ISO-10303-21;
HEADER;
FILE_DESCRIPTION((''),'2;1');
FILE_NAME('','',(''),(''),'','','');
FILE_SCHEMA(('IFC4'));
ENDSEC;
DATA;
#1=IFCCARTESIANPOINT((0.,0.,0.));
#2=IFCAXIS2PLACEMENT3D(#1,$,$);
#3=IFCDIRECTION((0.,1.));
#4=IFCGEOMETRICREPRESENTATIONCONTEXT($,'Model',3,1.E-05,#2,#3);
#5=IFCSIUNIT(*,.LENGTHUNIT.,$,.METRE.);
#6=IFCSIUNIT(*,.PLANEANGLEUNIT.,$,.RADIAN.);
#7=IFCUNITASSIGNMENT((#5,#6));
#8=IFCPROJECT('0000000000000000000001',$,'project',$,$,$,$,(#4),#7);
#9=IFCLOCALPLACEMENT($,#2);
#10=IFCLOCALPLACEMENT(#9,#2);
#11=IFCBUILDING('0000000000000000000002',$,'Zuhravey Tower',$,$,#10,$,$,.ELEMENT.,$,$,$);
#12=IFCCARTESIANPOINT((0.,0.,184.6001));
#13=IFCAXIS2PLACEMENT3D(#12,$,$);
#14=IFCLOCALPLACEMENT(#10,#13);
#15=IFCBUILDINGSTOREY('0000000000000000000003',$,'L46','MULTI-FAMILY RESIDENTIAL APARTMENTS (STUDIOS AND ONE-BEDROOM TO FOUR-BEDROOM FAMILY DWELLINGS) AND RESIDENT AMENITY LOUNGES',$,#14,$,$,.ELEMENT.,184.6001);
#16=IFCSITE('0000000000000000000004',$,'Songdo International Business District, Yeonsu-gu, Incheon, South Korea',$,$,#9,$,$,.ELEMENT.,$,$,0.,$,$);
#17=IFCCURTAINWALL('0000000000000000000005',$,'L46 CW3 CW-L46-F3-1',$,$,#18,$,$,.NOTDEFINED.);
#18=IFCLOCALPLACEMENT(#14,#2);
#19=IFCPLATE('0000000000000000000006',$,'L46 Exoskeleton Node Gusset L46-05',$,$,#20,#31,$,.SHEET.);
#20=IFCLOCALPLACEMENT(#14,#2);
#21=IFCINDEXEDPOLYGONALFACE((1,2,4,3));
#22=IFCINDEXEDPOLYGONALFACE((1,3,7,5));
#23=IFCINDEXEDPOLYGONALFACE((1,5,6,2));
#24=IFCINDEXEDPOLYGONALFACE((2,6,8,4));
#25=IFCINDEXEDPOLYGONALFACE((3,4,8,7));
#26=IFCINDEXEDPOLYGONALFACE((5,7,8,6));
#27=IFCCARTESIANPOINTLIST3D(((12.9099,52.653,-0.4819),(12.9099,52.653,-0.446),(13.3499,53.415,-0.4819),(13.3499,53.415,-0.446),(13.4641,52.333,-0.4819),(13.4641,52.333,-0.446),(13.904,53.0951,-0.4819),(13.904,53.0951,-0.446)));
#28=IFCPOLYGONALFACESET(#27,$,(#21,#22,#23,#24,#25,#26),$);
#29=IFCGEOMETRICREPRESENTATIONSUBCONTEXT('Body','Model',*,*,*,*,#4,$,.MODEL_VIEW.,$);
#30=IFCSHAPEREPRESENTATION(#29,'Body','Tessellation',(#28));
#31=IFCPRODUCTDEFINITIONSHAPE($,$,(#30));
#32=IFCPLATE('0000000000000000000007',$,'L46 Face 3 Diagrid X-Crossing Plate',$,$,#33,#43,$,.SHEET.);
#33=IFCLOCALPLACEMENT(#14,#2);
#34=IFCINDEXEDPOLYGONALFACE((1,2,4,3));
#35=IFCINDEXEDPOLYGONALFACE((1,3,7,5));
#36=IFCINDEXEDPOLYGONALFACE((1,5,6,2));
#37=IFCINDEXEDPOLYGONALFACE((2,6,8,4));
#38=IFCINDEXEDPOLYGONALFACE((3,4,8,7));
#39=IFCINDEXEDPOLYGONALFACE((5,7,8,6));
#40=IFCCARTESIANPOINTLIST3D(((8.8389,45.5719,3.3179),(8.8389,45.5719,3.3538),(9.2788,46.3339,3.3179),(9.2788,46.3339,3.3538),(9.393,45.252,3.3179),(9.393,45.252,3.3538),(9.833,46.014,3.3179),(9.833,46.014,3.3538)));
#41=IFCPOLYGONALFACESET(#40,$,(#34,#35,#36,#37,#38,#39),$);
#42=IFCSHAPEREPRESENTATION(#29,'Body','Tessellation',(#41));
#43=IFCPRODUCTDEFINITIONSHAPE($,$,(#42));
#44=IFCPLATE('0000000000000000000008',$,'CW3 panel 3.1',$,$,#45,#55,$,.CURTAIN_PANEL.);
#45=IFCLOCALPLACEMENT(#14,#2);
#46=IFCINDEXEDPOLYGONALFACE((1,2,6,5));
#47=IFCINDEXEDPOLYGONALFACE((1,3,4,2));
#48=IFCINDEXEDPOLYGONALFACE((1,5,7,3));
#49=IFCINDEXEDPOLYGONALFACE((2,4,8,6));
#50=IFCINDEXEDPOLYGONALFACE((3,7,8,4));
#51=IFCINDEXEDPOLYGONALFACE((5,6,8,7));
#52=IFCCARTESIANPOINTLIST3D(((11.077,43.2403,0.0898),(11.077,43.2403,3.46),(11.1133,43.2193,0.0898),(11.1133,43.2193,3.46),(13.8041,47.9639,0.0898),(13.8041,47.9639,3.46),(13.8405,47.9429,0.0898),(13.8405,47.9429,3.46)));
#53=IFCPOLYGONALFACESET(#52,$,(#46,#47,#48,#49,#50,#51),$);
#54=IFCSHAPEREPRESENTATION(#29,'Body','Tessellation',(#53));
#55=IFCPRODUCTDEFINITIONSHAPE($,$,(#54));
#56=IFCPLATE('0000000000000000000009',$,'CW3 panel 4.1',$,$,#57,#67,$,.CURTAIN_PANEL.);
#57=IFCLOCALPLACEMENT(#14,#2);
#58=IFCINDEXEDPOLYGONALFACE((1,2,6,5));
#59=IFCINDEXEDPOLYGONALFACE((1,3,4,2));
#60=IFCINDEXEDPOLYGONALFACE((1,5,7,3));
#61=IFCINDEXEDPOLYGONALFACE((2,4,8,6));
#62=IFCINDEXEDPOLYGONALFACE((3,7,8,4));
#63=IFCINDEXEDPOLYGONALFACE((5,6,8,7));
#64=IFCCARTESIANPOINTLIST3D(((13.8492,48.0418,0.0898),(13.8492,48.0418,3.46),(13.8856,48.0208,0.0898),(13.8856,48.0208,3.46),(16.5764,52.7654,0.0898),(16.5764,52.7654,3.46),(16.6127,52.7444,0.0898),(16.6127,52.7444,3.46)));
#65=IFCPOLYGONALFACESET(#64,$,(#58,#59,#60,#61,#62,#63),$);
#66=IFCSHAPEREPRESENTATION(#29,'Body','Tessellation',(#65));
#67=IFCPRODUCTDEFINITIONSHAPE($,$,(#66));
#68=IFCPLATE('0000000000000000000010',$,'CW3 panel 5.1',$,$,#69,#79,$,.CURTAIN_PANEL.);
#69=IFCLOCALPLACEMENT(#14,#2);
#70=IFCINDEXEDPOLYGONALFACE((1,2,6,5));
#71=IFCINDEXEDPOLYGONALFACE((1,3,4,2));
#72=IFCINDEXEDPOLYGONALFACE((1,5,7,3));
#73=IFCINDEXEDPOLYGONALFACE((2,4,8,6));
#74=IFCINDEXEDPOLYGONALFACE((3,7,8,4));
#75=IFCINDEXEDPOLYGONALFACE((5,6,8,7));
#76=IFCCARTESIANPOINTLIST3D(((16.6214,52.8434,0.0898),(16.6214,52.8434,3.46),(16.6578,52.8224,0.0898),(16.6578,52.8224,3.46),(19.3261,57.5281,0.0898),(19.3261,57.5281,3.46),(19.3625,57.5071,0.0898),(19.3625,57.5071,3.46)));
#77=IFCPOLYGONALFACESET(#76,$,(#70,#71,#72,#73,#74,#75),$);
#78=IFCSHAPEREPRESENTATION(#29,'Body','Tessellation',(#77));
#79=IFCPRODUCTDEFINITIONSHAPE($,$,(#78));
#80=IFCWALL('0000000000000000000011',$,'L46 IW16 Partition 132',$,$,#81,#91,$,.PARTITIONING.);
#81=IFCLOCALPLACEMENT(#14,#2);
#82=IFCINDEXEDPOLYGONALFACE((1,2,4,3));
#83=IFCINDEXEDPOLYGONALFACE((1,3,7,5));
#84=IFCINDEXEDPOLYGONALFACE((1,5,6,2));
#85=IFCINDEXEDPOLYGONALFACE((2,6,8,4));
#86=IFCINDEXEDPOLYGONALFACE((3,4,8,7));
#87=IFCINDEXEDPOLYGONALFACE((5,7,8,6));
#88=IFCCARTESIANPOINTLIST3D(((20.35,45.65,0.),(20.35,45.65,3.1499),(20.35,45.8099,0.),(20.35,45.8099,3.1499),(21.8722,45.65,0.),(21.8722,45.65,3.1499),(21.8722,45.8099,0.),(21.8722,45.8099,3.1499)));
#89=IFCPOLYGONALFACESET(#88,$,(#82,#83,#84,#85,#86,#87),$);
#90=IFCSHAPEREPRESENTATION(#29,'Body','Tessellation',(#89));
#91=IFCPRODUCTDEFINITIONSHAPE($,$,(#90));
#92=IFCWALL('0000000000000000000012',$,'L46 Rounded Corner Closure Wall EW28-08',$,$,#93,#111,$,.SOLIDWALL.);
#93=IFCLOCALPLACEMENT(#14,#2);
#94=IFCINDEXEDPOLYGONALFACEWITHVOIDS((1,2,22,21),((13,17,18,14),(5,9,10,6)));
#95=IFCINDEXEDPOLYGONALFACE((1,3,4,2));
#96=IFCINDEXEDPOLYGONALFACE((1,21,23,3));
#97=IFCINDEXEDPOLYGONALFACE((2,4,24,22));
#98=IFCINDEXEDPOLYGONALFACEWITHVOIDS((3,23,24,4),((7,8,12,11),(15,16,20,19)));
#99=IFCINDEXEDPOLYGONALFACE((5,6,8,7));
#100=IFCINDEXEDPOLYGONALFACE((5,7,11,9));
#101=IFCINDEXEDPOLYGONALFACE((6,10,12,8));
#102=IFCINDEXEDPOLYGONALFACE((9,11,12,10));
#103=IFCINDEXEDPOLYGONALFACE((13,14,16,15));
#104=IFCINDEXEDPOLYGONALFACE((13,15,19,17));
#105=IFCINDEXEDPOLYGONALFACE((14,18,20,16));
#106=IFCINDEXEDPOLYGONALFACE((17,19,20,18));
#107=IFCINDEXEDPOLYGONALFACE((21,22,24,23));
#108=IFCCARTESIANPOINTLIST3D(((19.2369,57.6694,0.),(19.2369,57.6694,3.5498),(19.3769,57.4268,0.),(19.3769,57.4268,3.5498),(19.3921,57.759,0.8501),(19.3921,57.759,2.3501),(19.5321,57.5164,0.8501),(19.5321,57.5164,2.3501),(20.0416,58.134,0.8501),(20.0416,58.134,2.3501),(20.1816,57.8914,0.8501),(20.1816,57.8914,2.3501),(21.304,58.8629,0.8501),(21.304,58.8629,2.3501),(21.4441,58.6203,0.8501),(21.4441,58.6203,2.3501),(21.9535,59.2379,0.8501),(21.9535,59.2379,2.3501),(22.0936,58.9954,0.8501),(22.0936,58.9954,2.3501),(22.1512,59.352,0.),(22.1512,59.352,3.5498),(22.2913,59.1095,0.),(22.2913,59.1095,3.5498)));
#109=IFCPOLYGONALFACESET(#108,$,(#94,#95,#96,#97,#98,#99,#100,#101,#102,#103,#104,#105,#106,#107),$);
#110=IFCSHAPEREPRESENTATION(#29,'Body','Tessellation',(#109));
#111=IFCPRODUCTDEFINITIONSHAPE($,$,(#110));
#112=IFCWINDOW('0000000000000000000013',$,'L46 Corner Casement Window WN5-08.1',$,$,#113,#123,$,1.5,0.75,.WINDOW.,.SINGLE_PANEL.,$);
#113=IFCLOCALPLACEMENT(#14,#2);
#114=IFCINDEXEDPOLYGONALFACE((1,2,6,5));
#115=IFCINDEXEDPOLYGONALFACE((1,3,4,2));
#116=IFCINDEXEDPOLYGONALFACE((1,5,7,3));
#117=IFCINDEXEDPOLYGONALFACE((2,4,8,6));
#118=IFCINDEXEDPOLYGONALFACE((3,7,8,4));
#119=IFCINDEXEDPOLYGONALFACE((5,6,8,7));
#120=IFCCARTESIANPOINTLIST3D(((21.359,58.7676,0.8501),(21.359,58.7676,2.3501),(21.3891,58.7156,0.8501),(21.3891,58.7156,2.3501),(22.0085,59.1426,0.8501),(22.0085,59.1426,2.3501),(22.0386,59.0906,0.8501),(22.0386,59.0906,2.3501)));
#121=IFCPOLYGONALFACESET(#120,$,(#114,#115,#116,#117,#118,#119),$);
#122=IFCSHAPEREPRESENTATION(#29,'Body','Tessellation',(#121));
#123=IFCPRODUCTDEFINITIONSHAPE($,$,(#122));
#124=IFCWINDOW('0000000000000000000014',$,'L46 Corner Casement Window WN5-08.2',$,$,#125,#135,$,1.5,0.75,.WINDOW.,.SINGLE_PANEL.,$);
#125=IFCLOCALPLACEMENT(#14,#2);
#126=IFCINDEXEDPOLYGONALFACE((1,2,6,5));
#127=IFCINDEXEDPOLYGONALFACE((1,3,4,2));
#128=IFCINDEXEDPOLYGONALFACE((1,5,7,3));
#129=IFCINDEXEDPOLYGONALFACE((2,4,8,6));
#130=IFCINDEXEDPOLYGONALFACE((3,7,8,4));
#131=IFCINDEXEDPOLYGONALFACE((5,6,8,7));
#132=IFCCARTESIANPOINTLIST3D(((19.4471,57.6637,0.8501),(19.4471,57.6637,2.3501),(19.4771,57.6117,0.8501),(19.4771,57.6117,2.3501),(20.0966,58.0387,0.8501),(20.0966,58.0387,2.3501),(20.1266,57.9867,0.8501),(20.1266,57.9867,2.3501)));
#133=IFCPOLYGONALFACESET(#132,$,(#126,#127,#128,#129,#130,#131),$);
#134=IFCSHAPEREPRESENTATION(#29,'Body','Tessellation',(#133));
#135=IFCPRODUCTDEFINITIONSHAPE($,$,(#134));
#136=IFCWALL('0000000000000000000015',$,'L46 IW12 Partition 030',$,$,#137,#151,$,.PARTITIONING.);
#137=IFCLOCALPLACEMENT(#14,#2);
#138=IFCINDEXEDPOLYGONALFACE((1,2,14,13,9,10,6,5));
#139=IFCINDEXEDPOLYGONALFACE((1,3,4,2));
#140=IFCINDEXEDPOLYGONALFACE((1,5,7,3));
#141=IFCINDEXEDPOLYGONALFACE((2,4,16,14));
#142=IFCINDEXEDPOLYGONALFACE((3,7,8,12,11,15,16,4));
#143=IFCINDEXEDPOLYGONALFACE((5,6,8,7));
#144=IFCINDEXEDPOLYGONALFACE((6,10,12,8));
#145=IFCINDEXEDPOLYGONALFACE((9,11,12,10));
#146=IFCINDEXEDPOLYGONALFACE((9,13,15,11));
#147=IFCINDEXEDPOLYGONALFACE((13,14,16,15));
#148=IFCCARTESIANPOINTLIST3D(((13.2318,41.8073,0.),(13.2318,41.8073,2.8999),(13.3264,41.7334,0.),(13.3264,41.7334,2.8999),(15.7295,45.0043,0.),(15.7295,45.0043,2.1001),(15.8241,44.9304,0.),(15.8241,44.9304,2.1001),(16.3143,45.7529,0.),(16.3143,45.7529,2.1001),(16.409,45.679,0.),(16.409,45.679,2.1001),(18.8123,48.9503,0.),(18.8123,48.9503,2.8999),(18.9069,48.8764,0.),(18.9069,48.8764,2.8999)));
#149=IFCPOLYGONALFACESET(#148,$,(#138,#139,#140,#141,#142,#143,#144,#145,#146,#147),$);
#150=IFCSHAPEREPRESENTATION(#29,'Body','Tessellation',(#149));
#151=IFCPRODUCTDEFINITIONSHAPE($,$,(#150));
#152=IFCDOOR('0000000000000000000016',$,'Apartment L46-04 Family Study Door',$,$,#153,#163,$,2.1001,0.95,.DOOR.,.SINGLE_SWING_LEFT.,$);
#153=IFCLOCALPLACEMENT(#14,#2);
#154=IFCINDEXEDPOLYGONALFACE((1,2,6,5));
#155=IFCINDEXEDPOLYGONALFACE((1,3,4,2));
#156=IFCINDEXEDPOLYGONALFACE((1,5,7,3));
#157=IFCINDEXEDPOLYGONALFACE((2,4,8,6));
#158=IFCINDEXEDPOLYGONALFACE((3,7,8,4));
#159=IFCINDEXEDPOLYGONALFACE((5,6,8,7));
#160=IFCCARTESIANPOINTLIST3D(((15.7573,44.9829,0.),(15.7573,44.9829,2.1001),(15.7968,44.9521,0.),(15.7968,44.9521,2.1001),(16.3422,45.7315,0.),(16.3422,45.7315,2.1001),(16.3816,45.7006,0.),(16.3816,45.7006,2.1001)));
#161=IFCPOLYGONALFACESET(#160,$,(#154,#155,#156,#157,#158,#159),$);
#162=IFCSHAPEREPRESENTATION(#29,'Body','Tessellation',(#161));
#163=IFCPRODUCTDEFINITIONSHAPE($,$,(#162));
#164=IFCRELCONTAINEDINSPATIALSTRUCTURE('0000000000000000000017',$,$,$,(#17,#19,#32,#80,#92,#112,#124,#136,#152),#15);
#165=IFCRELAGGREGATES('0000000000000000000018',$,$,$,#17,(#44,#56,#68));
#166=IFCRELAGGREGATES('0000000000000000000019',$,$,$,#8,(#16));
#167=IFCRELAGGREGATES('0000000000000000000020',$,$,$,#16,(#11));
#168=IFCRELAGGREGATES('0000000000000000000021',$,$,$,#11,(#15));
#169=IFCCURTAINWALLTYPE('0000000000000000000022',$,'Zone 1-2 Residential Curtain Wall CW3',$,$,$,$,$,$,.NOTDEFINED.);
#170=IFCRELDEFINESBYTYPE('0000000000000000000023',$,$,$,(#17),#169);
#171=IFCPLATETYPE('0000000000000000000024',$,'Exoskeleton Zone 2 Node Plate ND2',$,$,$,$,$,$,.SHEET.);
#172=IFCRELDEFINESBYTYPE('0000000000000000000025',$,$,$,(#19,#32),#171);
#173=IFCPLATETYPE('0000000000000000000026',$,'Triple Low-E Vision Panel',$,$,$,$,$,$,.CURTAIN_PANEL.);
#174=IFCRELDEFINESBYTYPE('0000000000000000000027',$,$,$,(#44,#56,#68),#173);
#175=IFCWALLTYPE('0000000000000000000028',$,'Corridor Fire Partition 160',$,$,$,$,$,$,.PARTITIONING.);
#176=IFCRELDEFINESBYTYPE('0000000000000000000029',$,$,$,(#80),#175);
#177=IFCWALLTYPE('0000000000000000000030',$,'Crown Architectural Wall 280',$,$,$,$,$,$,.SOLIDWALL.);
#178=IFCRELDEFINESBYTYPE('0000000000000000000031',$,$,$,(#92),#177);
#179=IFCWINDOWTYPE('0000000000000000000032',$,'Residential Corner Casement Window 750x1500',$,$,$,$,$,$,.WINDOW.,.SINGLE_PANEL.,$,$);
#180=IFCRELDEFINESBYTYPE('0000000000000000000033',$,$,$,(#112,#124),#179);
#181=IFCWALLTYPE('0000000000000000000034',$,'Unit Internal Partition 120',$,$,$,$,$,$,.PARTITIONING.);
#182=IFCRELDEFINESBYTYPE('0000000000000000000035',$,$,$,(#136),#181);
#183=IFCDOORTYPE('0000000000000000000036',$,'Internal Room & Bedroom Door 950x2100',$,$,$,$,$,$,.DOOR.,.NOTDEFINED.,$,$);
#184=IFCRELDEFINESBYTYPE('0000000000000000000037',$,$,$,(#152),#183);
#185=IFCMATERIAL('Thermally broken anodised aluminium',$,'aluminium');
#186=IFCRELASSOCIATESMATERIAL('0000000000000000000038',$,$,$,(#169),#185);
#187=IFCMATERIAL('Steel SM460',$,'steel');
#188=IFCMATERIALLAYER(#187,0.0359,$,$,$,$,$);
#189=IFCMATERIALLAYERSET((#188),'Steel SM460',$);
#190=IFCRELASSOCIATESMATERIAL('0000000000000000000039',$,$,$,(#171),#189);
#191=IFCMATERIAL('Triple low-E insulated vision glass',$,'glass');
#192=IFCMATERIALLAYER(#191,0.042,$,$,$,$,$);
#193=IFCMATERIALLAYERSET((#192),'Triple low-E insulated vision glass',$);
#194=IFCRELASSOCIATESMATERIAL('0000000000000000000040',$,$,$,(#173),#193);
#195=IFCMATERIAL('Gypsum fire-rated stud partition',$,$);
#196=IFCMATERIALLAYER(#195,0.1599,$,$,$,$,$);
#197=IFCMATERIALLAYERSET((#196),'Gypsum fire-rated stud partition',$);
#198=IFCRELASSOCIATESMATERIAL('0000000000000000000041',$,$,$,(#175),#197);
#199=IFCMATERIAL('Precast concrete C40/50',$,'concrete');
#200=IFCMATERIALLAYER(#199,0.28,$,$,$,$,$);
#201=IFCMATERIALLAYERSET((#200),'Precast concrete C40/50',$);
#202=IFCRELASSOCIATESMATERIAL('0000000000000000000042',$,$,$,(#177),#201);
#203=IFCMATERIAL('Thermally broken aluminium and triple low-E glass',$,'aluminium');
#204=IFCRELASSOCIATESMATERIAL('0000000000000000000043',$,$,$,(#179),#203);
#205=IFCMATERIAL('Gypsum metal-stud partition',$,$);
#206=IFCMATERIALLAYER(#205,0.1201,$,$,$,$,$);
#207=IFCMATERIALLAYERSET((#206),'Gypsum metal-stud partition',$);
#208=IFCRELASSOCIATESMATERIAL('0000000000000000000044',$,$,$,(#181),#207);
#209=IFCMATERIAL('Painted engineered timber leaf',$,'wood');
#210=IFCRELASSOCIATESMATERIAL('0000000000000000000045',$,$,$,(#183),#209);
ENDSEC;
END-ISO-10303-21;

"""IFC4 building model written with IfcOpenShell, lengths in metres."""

from ifc_helpers import new_model, si_unit, direction, frame, frame_2d, origin, origin_2d, place, context, subcontext, project, spatial, rectangle, extrude, material, layer, layer_set, type_object, element, fill, aggregate, save


model = new_model("IFC4")

# Units and contexts
model_context = context("Model", 3, precision=1e-05, world=origin(), true_north=direction((0.0, 1.0)))
body_context = subcontext(model_context, "Body", "Model", "MODEL_VIEW")
ifc_project = project(units=[si_unit("LENGTHUNIT", "METRE"), si_unit("PLANEANGLEUNIT", "RADIAN")], contexts=[model_context])

# Site, building, storey
site_placement = place(None, origin())
site = spatial("IfcSite", under=ifc_project, at=site_placement, Name="Songdo International Business District, Yeonsu-gu, Incheon, South Korea", CompositionType="ELEMENT", RefElevation=0.0)
building_placement = place(site_placement, origin())
building = spatial("IfcBuilding", under=site, at=building_placement, Name="Zuhravey Tower", CompositionType="ELEMENT")
storey_placement = place(building_placement, frame((0.0, 0.0, 184.6001)))
storey = spatial("IfcBuildingStorey", under=building, at=storey_placement, Name="L46", Description="MULTI-FAMILY RESIDENTIAL APARTMENTS (STUDIOS AND ONE-BEDROOM TO FOUR-BEDROOM FAMILY DWELLINGS) AND RESIDENT AMENITY LOUNGES", CompositionType="ELEMENT", Elevation=184.6001)

# Curtain wall
ifc_material_1 = material(Name="Thermally broken anodised aluminium", Category="aluminium")
curtain_wall_type = type_object("IfcCurtainWallType", Name="Zone 1-2 Residential Curtain Wall CW3", PredefinedType="NOTDEFINED", material=ifc_material_1)
curtain_wall_placement = place(storey_placement, origin())
curtain_wall = element("IfcCurtainWall", 1, at=curtain_wall_placement, inside=storey, type_object=curtain_wall_type, Name="L46 CW3 CW-L46-F3-1", PredefinedType="NOTDEFINED")

# Shared definitions
ifc_material_2 = material(Name="Steel SM460", Category="steel")

# Plates
ifc_layer_1 = layer(ifc_material_2, 0.0359)
ifc_layer_set_1 = layer_set([ifc_layer_1], Name="Steel SM460")
plate_type_1 = type_object("IfcPlateType", Name="Exoskeleton Zone 2 Node Plate ND2", PredefinedType="SHEET", material=ifc_layer_set_1)
for number, where, z_axis, x_axis, name in (
    (2, (13.407, 52.874, -0.4819), (0.0, 0.0, 1.0), (-0.5, -0.866025, 0.0), "L46 Exoskeleton Node Gusset L46-05"),
    (3, (9.3359, 45.793, 3.3179), (0.0, 0.0, 1.0), (-0.5, -0.866025, 0.0), "L46 Face 3 Diagrid X-Crossing Plate"),
):
    element("IfcPlate", number, at=place(storey_placement, frame(where, z_axis=z_axis, x_axis=x_axis)), inside=storey, type_object=plate_type_1, Name=name, PredefinedType="SHEET", context=body_context, shape_type="SweptSolid", body=[
        extrude(rectangle(XDim=0.8799, YDim=0.6399, at=origin_2d()), origin(), (0.0, 0.0, 1.0), 0.0359),
    ])

# Plates
ifc_material_3 = material(Name="Triple low-E insulated vision glass", Category="glass")
ifc_layer_2 = layer(ifc_material_3, 0.042)
ifc_layer_set_2 = layer_set([ifc_layer_2], Name="Triple low-E insulated vision glass")
plate_type_2 = type_object("IfcPlateType", Name="Triple Low-E Vision Panel", PredefinedType="CURTAIN_PANEL", material=ifc_layer_set_2)
plate_1_placement = place(storey_placement, frame((12.4587, 45.5916, 0.0898), z_axis=(0.0, 0.0, 1.0), x_axis=(0.5, 0.866025, 0.0)))
plate_1 = element("IfcPlate", 4, at=plate_1_placement, type_object=plate_type_2, Name="CW3 panel 3.1", PredefinedType="CURTAIN_PANEL", context=body_context, shape_type="SweptSolid", body=[
    extrude(rectangle(XDim=5.4543, YDim=0.042, at=origin_2d()), origin(), (0.0, 0.0, 1.0), 3.3701),
])
plate_2_placement = place(storey_placement, frame((15.231, 50.3931, 0.0898), z_axis=(0.0, 0.0, 1.0), x_axis=(0.5, 0.866025, 0.0)))
plate_2 = element("IfcPlate", 5, at=plate_2_placement, type_object=plate_type_2, Name="CW3 panel 4.1", PredefinedType="CURTAIN_PANEL", context=body_context, shape_type="SweptSolid", body=[
    extrude(rectangle(XDim=5.4543, YDim=0.042, at=origin_2d()), origin(), (0.0, 0.0, 1.0), 3.3701),
])
plate_3_placement = place(storey_placement, frame((17.9919, 55.1753, 0.0898), z_axis=(0.0, 0.0, 1.0), x_axis=(0.5, 0.866025, 0.0)))
plate_3 = element("IfcPlate", 6, at=plate_3_placement, type_object=plate_type_2, Name="CW3 panel 5.1", PredefinedType="CURTAIN_PANEL", context=body_context, shape_type="SweptSolid", body=[
    extrude(rectangle(XDim=5.4094, YDim=0.042, at=origin_2d()), origin(), (0.0, 0.0, 1.0), 3.3701),
])
aggregate(curtain_wall, [plate_1, plate_2, plate_3])

# Wall
ifc_material_4 = material(Name="Gypsum fire-rated stud partition")
ifc_layer_3 = layer(ifc_material_4, 0.1599)
ifc_layer_set_3 = layer_set([ifc_layer_3], Name="Gypsum fire-rated stud partition")
wall_type_1 = type_object("IfcWallType", Name="Corridor Fire Partition 160", PredefinedType="PARTITIONING", material=ifc_layer_set_3)
wall_1_placement = place(storey_placement, frame((21.8723, 45.73, 0.0), z_axis=(0.0, 0.0, 1.0), x_axis=(-1.0, 0.0, 0.0)))
element("IfcWall", 7, at=wall_1_placement, inside=storey, type_object=wall_type_1, Name="L46 IW16 Partition 132", PredefinedType="PARTITIONING", context=body_context, shape_type="SweptSolid", body=[
    extrude(rectangle(XDim=1.5222, YDim=0.1599, at=frame_2d((0.7612, 0.0))), origin(), (0.0, 0.0, 1.0), 3.1499),
])

# Wall, openings, windows
ifc_material_5 = material(Name="Precast concrete C40/50", Category="concrete")
ifc_layer_4 = layer(ifc_material_5, 0.28)
ifc_layer_set_4 = layer_set([ifc_layer_4], Name="Precast concrete C40/50")
wall_type_2 = type_object("IfcWallType", Name="Crown Architectural Wall 280", PredefinedType="SOLIDWALL", material=ifc_layer_set_4)
wall_2_placement = place(storey_placement, frame((19.3069, 57.5481, 0.0), z_axis=(0.0, 0.0, 1.0), x_axis=(0.86602, 0.500009, 0.0)))
wall_2 = element("IfcWall", 8, at=wall_2_placement, inside=storey, type_object=wall_type_2, Name="L46 Rounded Corner Closure Wall EW28-08", PredefinedType="SOLIDWALL", context=body_context, shape_type="SweptSolid", body=[
    extrude(rectangle(XDim=3.3652, YDim=0.28, at=frame_2d((1.6826, 0.0))), origin(), (0.0, 0.0, 1.0), 3.5498),
])
opening_1_placement = place(wall_2_placement, frame((2.387, 0.0, 0.8501)))
opening_1 = element("IfcOpeningElement", 9, at=opening_1_placement, cuts=wall_2, PredefinedType="OPENING", context=body_context, shape_type="SweptSolid", body=[
    extrude(rectangle(XDim=0.75, YDim=1.5, at=frame_2d((0.375, 0.75))), frame((0.0, 0.1521, 0.0), z_axis=(0.0, -1.0, 0.0), x_axis=(1.0, 0.0, 0.0)), (0.0, 0.0, 1.0), 0.304),
])
opening_2_placement = place(wall_2_placement, frame((0.1792, 0.0, 0.8501)))
opening_2 = element("IfcOpeningElement", 10, at=opening_2_placement, cuts=wall_2, PredefinedType="OPENING", context=body_context, shape_type="SweptSolid", body=[
    extrude(rectangle(XDim=0.75, YDim=1.5, at=frame_2d((0.375, 0.75))), frame((0.0, 0.1521, 0.0), z_axis=(0.0, -1.0, 0.0), x_axis=(1.0, 0.0, 0.0)), (0.0, 0.0, 1.0), 0.304),
])
ifc_material_6 = material(Name="Thermally broken aluminium and triple low-E glass", Category="aluminium")
window_type = type_object("IfcWindowType", Name="Residential Corner Casement Window 750x1500", PartitioningType="SINGLE_PANEL", PredefinedType="WINDOW", material=ifc_material_6)
window_1_placement = place(opening_1_placement, origin())
window_1 = element("IfcWindow", 11, at=window_1_placement, inside=storey, type_object=window_type, Name="L46 Corner Casement Window WN5-08.1", OverallHeight=1.5, OverallWidth=0.75, PartitioningType="SINGLE_PANEL", PredefinedType="WINDOW", context=body_context, shape_type="SweptSolid", body=[
    extrude(rectangle(XDim=0.75, YDim=1.5, at=frame_2d((0.375, 0.75))), frame((0.0, 0.03, 0.0), z_axis=(0.0, -1.0, 0.0), x_axis=(1.0, 0.0, 0.0)), (0.0, 0.0, 1.0), 0.0601),
])
fill(opening_1, window_1)
window_2_placement = place(opening_2_placement, origin())
window_2 = element("IfcWindow", 12, at=window_2_placement, inside=storey, type_object=window_type, Name="L46 Corner Casement Window WN5-08.2", OverallHeight=1.5, OverallWidth=0.75, PartitioningType="SINGLE_PANEL", PredefinedType="WINDOW", context=body_context, shape_type="SweptSolid", body=[
    extrude(rectangle(XDim=0.75, YDim=1.5, at=frame_2d((0.375, 0.75))), frame((0.0, 0.03, 0.0), z_axis=(0.0, -1.0, 0.0), x_axis=(1.0, 0.0, 0.0)), (0.0, 0.0, 1.0), 0.0601),
])
fill(opening_2, window_2)

# Wall, opening, door
ifc_material_7 = material(Name="Gypsum metal-stud partition")
ifc_layer_5 = layer(ifc_material_7, 0.1201)
ifc_layer_set_5 = layer_set([ifc_layer_5], Name="Gypsum metal-stud partition")
wall_type_3 = type_object("IfcWallType", Name="Unit Internal Partition 120", PredefinedType="PARTITIONING", material=ifc_layer_set_5)
wall_3_placement = place(storey_placement, frame((18.8596, 48.9133, 0.0), z_axis=(0.0, 0.0, 1.0), x_axis=(-0.615647, -0.788022, 0.0)))
wall_3 = element("IfcWall", 13, at=wall_3_placement, inside=storey, type_object=wall_type_3, Name="L46 IW12 Partition 030", PredefinedType="PARTITIONING", context=body_context, shape_type="SweptSolid", body=[
    extrude(rectangle(XDim=9.0645, YDim=0.1201, at=frame_2d((4.5322, 0.0))), origin(), (0.0, 0.0, 1.0), 2.8999),
])
opening_3_placement = place(wall_3_placement, frame((4.0574, 0.0, 0.0)))
opening_3 = element("IfcOpeningElement", 14, at=opening_3_placement, cuts=wall_3, PredefinedType="OPENING", context=body_context, shape_type="SweptSolid", body=[
    extrude(rectangle(XDim=0.95, YDim=2.1001, at=frame_2d((0.4751, 1.05))), frame((0.0, 0.072, 0.0), z_axis=(0.0, -1.0, 0.0), x_axis=(1.0, 0.0, 0.0)), (0.0, 0.0, 1.0), 0.144),
])
ifc_material_8 = material(Name="Painted engineered timber leaf", Category="wood")
door_type_1 = type_object("IfcDoorType", Name="Internal Room & Bedroom Door 950x2100", OperationType="NOTDEFINED", PredefinedType="DOOR", material=ifc_material_8)
door_1_placement = place(opening_3_placement, frame((0.95, 0.0, 0.0), z_axis=(0.0, 0.0, 1.0), x_axis=(-1.0, 0.0, 0.0)))
door_1 = element("IfcDoor", 15, at=door_1_placement, inside=storey, type_object=door_type_1, Name="Apartment L46-04 Family Study Door", OperationType="SINGLE_SWING_LEFT", OverallHeight=2.1001, OverallWidth=0.95, PredefinedType="DOOR", context=body_context, shape_type="SweptSolid", body=[
    extrude(rectangle(XDim=0.95, YDim=2.1001, at=frame_2d((0.4751, 1.05))), frame((0.0, 0.0249, 0.0), z_axis=(0.0, -1.0, 0.0), x_axis=(1.0, 0.0, 0.0)), (0.0, 0.0, 1.0), 0.05),
])
fill(opening_3, door_1)

save(model, "model.ifc")
